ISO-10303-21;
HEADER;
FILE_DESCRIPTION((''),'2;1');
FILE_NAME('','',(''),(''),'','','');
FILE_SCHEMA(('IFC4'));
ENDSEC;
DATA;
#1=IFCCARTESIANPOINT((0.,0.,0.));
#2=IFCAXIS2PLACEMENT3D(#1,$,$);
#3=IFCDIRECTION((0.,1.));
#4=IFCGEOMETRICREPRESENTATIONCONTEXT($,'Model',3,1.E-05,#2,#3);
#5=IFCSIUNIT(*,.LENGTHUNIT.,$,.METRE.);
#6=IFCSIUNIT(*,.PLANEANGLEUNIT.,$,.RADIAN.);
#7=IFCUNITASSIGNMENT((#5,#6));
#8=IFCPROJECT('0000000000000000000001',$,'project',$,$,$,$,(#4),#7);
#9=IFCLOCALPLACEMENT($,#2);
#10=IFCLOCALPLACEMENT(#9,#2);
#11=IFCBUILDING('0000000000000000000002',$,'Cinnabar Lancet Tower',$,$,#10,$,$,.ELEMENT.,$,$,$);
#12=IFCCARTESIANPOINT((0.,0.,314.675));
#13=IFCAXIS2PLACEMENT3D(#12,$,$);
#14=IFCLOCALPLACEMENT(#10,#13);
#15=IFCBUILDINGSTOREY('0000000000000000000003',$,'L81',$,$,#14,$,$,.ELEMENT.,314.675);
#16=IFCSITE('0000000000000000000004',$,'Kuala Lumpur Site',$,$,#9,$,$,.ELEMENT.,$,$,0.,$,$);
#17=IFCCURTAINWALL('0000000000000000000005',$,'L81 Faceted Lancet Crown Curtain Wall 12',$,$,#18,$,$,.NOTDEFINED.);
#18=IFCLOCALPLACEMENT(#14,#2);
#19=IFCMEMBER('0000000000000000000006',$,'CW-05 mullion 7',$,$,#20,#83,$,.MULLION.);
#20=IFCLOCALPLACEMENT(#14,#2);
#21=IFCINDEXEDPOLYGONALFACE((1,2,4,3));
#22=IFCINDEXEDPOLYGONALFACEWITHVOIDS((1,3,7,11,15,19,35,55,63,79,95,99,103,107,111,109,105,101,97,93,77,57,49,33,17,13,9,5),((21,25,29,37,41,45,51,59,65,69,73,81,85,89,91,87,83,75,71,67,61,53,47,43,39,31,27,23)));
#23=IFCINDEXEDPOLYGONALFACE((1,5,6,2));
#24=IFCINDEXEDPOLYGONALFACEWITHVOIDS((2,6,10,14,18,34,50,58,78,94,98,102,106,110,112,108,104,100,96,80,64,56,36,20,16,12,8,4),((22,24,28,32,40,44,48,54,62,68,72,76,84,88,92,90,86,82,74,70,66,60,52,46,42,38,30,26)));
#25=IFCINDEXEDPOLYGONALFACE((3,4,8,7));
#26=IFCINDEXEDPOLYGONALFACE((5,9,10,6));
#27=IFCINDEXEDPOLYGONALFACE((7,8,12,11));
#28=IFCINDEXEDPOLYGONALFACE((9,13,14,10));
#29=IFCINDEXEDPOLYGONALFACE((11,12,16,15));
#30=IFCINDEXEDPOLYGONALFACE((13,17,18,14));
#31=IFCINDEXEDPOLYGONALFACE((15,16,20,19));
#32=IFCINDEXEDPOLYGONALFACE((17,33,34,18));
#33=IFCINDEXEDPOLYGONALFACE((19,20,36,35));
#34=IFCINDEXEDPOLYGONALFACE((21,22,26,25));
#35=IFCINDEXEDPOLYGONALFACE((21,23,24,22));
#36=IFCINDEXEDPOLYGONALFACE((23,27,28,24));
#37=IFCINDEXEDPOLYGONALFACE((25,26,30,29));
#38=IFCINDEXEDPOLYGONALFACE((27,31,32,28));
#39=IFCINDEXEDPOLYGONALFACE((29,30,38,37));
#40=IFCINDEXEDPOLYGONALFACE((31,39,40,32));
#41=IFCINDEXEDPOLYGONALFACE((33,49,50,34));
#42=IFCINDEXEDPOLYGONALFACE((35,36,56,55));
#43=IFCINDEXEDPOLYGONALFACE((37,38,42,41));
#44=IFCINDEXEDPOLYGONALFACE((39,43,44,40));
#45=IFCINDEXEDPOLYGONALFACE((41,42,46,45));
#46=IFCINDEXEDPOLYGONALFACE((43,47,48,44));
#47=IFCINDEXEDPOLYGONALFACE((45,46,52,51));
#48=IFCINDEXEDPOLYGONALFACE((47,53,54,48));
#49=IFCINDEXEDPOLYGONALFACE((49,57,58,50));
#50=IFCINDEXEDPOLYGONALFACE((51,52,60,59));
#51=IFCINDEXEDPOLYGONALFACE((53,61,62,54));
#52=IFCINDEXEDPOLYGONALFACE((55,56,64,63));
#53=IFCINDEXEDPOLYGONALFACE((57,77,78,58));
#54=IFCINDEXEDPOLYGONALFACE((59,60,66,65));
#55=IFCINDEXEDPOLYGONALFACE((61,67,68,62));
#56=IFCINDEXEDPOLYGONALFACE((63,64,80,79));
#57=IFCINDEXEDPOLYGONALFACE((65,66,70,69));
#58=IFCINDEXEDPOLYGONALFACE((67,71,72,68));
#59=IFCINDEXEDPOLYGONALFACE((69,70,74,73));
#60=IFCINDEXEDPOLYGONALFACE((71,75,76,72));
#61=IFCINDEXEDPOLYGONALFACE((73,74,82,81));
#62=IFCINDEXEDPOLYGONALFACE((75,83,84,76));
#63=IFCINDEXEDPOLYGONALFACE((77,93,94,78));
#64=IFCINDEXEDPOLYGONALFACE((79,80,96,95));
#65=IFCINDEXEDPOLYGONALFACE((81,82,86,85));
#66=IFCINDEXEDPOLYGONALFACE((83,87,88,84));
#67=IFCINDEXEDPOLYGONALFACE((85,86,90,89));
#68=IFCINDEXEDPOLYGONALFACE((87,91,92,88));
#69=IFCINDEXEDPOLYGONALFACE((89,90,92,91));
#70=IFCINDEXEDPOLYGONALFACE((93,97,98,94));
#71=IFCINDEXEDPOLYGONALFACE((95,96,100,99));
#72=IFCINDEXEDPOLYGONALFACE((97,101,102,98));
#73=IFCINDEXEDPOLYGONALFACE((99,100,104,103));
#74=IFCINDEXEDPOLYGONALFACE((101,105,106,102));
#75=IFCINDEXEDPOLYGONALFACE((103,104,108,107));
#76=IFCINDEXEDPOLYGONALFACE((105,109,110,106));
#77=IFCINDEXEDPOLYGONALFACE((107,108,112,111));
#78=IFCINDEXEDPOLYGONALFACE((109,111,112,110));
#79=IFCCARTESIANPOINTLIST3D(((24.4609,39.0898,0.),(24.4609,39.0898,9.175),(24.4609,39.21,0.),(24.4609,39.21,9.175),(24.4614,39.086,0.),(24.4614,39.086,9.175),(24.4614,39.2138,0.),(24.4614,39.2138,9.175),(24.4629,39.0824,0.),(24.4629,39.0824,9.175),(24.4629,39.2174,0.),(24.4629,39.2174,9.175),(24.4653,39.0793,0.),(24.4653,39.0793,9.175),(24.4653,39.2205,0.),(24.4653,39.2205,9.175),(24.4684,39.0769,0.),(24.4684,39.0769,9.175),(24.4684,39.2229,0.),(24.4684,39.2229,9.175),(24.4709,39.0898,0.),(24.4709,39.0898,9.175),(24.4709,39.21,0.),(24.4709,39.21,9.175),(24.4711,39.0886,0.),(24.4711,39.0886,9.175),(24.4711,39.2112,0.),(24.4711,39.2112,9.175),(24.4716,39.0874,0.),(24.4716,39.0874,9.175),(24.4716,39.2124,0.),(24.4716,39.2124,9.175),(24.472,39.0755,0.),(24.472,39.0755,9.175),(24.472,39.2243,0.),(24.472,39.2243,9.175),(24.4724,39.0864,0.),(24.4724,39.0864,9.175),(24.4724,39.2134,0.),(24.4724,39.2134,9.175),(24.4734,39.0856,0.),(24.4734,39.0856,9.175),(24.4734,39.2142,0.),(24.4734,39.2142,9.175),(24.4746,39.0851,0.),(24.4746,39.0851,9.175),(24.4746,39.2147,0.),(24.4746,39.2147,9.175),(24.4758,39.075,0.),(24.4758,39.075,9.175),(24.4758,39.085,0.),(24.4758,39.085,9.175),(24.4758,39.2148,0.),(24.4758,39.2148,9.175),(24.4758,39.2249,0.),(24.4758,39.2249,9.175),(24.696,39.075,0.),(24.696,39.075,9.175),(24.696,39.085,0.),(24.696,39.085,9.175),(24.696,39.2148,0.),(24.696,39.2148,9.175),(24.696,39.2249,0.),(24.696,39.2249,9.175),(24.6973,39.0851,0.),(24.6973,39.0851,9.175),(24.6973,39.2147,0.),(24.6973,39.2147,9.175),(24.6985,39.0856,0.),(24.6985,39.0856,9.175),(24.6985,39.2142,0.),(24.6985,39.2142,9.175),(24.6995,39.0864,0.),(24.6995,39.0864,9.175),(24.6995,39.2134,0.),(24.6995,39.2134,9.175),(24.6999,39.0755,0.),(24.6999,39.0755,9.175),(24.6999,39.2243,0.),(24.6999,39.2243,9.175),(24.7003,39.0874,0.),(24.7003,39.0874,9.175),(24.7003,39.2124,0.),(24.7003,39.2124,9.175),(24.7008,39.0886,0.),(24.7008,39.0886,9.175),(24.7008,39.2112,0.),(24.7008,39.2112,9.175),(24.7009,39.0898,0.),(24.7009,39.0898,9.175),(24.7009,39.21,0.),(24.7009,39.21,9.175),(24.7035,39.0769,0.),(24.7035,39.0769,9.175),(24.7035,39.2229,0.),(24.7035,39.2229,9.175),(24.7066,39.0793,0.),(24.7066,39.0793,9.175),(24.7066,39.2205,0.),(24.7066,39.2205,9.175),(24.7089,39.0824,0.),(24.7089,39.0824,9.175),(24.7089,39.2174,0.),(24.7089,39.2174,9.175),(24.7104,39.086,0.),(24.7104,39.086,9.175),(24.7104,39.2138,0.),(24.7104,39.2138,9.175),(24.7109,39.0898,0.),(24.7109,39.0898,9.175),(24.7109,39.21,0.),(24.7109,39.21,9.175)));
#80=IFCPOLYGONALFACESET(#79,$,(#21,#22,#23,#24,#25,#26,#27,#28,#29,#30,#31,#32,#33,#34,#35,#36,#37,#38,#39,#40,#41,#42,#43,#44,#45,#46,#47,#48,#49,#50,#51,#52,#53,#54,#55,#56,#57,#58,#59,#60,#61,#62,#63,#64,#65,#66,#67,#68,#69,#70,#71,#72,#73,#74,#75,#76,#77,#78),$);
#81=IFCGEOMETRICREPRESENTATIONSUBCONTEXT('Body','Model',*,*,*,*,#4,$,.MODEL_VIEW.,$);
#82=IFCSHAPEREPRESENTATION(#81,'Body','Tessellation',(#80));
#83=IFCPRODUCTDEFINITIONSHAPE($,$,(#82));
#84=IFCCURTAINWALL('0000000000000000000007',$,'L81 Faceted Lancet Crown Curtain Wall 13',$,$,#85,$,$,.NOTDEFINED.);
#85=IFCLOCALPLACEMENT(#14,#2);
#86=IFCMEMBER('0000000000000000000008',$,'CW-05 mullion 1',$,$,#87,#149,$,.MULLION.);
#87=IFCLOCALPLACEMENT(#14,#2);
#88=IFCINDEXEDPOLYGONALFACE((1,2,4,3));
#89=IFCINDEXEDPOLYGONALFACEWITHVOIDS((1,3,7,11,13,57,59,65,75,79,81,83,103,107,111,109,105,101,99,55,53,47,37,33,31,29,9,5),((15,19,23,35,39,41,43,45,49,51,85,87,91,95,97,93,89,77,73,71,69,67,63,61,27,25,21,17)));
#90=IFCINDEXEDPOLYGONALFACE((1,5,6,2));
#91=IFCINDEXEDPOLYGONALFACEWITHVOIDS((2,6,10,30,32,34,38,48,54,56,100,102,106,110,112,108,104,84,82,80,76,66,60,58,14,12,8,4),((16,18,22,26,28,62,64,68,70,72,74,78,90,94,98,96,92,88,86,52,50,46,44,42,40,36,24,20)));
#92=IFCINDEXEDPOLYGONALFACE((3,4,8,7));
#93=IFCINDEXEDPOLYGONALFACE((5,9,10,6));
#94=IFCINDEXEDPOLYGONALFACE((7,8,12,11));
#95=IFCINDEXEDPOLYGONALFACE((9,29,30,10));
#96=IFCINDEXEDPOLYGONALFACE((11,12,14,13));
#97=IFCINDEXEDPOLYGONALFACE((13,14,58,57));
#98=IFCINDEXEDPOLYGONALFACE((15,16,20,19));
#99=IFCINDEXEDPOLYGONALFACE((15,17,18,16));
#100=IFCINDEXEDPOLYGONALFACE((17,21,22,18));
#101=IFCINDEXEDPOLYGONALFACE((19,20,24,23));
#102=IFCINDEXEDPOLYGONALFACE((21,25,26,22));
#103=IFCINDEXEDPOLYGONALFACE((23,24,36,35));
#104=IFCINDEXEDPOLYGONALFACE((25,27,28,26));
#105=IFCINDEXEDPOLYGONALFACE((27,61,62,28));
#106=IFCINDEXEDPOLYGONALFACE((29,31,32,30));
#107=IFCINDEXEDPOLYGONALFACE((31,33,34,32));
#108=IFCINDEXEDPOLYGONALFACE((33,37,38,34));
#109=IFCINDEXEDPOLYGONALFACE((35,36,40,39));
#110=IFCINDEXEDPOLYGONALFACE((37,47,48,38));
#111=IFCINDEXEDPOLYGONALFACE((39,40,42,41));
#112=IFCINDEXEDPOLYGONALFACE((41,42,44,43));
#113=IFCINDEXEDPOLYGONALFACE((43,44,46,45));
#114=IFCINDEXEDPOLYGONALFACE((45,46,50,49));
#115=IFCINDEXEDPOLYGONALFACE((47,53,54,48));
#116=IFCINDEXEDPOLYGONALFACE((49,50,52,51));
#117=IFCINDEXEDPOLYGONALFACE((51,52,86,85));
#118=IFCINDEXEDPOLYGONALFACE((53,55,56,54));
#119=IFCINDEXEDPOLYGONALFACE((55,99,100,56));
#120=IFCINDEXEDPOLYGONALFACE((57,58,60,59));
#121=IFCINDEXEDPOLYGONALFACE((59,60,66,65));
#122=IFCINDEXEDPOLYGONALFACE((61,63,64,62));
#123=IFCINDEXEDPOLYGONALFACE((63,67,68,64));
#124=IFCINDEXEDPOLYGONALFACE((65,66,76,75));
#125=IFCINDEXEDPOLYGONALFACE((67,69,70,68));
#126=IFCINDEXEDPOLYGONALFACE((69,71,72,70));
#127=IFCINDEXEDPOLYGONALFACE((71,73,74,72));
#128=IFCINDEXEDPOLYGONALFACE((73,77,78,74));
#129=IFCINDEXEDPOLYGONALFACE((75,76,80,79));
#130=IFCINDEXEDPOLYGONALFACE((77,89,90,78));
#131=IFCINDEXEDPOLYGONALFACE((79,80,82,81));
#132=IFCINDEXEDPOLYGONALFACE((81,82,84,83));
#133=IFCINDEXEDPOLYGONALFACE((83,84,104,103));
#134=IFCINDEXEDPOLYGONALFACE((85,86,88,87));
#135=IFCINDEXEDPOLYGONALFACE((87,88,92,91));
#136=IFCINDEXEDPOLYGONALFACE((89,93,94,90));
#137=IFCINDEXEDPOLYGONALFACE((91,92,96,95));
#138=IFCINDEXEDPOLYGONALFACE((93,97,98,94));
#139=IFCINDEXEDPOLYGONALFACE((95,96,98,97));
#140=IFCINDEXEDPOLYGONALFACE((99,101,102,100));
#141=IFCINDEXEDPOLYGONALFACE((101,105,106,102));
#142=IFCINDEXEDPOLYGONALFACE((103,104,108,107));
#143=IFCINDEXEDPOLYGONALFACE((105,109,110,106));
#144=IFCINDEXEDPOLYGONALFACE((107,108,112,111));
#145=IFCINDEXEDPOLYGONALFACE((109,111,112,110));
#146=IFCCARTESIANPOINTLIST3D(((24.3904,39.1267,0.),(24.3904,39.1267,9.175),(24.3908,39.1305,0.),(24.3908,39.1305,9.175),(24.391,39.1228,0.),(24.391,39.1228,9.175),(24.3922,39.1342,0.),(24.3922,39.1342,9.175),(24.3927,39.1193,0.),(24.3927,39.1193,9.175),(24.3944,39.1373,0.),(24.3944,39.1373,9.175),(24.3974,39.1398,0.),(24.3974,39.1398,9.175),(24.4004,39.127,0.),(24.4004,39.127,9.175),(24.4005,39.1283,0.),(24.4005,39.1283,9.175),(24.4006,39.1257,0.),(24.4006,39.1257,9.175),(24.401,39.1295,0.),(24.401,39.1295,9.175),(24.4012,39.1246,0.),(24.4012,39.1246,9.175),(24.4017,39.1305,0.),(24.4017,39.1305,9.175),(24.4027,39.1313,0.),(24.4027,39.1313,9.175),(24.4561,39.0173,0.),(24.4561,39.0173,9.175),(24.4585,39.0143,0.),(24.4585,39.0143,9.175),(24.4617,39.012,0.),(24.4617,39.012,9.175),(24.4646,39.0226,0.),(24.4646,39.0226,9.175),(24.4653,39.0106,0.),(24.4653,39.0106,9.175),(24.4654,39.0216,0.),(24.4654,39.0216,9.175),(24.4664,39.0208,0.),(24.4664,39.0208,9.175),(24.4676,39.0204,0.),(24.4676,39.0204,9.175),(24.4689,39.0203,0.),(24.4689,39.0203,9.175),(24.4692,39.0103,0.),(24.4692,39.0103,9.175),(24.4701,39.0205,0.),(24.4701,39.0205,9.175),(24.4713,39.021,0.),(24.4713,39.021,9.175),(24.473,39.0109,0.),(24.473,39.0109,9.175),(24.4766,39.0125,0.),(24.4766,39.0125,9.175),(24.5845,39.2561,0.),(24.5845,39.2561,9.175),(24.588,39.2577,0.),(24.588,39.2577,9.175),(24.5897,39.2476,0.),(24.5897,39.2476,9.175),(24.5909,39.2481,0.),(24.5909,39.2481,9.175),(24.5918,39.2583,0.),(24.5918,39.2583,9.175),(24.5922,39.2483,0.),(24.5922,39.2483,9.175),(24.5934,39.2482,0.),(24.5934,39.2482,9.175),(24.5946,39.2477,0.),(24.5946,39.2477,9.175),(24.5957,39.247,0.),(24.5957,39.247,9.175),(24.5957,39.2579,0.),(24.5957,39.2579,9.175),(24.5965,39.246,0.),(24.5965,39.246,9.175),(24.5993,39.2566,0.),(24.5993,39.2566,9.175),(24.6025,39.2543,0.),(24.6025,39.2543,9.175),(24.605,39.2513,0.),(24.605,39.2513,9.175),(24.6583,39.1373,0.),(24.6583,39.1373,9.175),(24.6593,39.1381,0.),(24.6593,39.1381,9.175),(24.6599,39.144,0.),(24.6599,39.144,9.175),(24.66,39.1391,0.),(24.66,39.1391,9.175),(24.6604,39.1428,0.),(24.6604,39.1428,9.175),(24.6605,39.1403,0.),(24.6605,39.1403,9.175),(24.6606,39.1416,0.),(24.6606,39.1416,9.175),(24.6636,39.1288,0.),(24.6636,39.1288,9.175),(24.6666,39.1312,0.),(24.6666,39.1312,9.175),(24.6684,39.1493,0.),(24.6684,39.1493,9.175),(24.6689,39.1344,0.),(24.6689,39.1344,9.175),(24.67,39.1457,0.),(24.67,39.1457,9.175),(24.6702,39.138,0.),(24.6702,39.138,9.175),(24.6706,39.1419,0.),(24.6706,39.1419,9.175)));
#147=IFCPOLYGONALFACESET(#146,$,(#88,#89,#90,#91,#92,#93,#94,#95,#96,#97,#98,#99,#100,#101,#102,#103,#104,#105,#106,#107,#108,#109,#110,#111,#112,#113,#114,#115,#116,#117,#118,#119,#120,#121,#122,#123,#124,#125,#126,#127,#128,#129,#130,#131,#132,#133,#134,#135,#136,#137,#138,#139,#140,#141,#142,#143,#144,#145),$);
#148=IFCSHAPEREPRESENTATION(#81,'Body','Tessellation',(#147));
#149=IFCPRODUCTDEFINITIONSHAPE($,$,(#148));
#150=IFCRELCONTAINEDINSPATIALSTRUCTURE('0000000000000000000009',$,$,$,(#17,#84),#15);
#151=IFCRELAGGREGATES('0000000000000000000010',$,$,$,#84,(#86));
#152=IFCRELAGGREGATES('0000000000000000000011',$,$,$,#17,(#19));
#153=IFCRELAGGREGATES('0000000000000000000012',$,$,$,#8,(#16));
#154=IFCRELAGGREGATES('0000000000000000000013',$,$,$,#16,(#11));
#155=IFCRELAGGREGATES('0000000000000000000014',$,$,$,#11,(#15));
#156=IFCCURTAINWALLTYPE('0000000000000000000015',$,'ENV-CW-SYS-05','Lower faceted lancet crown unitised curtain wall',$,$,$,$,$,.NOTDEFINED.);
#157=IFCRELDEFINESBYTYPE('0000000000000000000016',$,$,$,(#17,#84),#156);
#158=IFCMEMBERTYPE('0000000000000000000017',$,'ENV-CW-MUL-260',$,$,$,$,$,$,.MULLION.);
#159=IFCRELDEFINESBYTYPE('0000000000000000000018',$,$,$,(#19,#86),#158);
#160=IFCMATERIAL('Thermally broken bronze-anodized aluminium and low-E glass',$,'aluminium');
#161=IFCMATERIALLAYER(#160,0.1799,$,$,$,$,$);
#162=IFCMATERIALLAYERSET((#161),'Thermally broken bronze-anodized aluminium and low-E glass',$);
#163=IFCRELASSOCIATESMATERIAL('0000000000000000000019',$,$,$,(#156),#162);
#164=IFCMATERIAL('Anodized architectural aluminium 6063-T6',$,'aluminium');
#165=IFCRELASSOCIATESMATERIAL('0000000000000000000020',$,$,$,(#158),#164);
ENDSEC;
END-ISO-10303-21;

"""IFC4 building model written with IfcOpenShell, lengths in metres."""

from ifc_helpers import new_model, si_unit, direction, frame, origin, origin_2d, place, context, subcontext, project, spatial, hollow_rectangle, extrude, material, layer, layer_set, material_profile, profile_set, type_object, element, aggregate, save


model = new_model("IFC4")

# Units and contexts
model_context = context("Model", 3, precision=1e-05, world=origin(), true_north=direction((0.0, 1.0)))
body_context = subcontext(model_context, "Body", "Model", "MODEL_VIEW")
ifc_project = project(units=[si_unit("LENGTHUNIT", "METRE"), si_unit("PLANEANGLEUNIT", "RADIAN")], contexts=[model_context])

# Site, building, storey
site_placement = place(None, origin())
site = spatial("IfcSite", under=ifc_project, at=site_placement, Name="Kuala Lumpur Site", CompositionType="ELEMENT", RefElevation=0.0)
building_placement = place(site_placement, origin())
building = spatial("IfcBuilding", under=site, at=building_placement, Name="Cinnabar Lancet Tower", CompositionType="ELEMENT")
storey_placement = place(building_placement, frame((0.0, 0.0, 314.675)))
storey = spatial("IfcBuildingStorey", under=building, at=storey_placement, Name="L81", CompositionType="ELEMENT", Elevation=314.675)

# Curtain wall, member
ifc_material_1 = material(Name="Thermally broken bronze-anodized aluminium and low-E glass", Category="aluminium")
ifc_layer_1 = layer(ifc_material_1, 0.1799)
ifc_layer_set_1 = layer_set([ifc_layer_1], Name="Thermally broken bronze-anodized aluminium and low-E glass")
curtain_wall_type = type_object("IfcCurtainWallType", Name="ENV-CW-SYS-05", Description="Lower faceted lancet crown unitised curtain wall", PredefinedType="NOTDEFINED", material=ifc_layer_set_1)
curtain_wall_1_placement = place(storey_placement, origin())
curtain_wall_1 = element("IfcCurtainWall", 1, at=curtain_wall_1_placement, inside=storey, type_object=curtain_wall_type, Name="L81 Faceted Lancet Crown Curtain Wall 12", PredefinedType="NOTDEFINED")
ifc_material_2 = material(Name="Anodized architectural aluminium 6063-T6", Category="aluminium")
ifc_material_profile_1 = material_profile(ifc_material_2, hollow_rectangle(XDim=0.1499, YDim=0.25, WallThickness=0.01, InnerFilletRadius=0.0049, OuterFilletRadius=0.0149, at=origin_2d()), Name="RHS 250x150x10")
ifc_profile_set_1 = profile_set([ifc_material_profile_1], Name="Anodized architectural aluminium 6063-T6")
member_type_1 = type_object("IfcMemberType", Name="ENV-CW-MUL-260", PredefinedType="MULLION", material=ifc_profile_set_1)
member_1_placement = place(storey_placement, frame((24.5859, 39.1499, 0.0), z_axis=(0.0, 0.0, 1.0), x_axis=(0.0, -1.0, 0.0)))
member_1 = element("IfcMember", 2, at=member_1_placement, type_object=member_type_1, Name="CW-05 mullion 7", PredefinedType="MULLION", context=body_context, shape_type="SweptSolid", body=[
    extrude(hollow_rectangle(XDim=0.1499, YDim=0.25, WallThickness=0.01, InnerFilletRadius=0.0049, OuterFilletRadius=0.0149, at=origin_2d()), origin(), (0.0, 0.0, 1.0), 9.175),
])

# Curtain wall, member
curtain_wall_2_placement = place(storey_placement, origin())
curtain_wall_2 = element("IfcCurtainWall", 3, at=curtain_wall_2_placement, inside=storey, type_object=curtain_wall_type, Name="L81 Faceted Lancet Crown Curtain Wall 13", PredefinedType="NOTDEFINED")
member_2_placement = place(storey_placement, frame((24.5305, 39.1343, 0.0), z_axis=(0.0, 0.0, 1.0), x_axis=(0.527976, -0.849259, 0.0)))
member_2 = element("IfcMember", 4, at=member_2_placement, type_object=member_type_1, Name="CW-05 mullion 1", PredefinedType="MULLION", context=body_context, shape_type="SweptSolid", body=[
    extrude(hollow_rectangle(XDim=0.1499, YDim=0.25, WallThickness=0.01, InnerFilletRadius=0.0049, OuterFilletRadius=0.0149, at=origin_2d()), origin(), (0.0, 0.0, 1.0), 9.175),
])

aggregate(curtain_wall_2, [member_2])

aggregate(curtain_wall_1, [member_1])

save(model, "model.ifc")
